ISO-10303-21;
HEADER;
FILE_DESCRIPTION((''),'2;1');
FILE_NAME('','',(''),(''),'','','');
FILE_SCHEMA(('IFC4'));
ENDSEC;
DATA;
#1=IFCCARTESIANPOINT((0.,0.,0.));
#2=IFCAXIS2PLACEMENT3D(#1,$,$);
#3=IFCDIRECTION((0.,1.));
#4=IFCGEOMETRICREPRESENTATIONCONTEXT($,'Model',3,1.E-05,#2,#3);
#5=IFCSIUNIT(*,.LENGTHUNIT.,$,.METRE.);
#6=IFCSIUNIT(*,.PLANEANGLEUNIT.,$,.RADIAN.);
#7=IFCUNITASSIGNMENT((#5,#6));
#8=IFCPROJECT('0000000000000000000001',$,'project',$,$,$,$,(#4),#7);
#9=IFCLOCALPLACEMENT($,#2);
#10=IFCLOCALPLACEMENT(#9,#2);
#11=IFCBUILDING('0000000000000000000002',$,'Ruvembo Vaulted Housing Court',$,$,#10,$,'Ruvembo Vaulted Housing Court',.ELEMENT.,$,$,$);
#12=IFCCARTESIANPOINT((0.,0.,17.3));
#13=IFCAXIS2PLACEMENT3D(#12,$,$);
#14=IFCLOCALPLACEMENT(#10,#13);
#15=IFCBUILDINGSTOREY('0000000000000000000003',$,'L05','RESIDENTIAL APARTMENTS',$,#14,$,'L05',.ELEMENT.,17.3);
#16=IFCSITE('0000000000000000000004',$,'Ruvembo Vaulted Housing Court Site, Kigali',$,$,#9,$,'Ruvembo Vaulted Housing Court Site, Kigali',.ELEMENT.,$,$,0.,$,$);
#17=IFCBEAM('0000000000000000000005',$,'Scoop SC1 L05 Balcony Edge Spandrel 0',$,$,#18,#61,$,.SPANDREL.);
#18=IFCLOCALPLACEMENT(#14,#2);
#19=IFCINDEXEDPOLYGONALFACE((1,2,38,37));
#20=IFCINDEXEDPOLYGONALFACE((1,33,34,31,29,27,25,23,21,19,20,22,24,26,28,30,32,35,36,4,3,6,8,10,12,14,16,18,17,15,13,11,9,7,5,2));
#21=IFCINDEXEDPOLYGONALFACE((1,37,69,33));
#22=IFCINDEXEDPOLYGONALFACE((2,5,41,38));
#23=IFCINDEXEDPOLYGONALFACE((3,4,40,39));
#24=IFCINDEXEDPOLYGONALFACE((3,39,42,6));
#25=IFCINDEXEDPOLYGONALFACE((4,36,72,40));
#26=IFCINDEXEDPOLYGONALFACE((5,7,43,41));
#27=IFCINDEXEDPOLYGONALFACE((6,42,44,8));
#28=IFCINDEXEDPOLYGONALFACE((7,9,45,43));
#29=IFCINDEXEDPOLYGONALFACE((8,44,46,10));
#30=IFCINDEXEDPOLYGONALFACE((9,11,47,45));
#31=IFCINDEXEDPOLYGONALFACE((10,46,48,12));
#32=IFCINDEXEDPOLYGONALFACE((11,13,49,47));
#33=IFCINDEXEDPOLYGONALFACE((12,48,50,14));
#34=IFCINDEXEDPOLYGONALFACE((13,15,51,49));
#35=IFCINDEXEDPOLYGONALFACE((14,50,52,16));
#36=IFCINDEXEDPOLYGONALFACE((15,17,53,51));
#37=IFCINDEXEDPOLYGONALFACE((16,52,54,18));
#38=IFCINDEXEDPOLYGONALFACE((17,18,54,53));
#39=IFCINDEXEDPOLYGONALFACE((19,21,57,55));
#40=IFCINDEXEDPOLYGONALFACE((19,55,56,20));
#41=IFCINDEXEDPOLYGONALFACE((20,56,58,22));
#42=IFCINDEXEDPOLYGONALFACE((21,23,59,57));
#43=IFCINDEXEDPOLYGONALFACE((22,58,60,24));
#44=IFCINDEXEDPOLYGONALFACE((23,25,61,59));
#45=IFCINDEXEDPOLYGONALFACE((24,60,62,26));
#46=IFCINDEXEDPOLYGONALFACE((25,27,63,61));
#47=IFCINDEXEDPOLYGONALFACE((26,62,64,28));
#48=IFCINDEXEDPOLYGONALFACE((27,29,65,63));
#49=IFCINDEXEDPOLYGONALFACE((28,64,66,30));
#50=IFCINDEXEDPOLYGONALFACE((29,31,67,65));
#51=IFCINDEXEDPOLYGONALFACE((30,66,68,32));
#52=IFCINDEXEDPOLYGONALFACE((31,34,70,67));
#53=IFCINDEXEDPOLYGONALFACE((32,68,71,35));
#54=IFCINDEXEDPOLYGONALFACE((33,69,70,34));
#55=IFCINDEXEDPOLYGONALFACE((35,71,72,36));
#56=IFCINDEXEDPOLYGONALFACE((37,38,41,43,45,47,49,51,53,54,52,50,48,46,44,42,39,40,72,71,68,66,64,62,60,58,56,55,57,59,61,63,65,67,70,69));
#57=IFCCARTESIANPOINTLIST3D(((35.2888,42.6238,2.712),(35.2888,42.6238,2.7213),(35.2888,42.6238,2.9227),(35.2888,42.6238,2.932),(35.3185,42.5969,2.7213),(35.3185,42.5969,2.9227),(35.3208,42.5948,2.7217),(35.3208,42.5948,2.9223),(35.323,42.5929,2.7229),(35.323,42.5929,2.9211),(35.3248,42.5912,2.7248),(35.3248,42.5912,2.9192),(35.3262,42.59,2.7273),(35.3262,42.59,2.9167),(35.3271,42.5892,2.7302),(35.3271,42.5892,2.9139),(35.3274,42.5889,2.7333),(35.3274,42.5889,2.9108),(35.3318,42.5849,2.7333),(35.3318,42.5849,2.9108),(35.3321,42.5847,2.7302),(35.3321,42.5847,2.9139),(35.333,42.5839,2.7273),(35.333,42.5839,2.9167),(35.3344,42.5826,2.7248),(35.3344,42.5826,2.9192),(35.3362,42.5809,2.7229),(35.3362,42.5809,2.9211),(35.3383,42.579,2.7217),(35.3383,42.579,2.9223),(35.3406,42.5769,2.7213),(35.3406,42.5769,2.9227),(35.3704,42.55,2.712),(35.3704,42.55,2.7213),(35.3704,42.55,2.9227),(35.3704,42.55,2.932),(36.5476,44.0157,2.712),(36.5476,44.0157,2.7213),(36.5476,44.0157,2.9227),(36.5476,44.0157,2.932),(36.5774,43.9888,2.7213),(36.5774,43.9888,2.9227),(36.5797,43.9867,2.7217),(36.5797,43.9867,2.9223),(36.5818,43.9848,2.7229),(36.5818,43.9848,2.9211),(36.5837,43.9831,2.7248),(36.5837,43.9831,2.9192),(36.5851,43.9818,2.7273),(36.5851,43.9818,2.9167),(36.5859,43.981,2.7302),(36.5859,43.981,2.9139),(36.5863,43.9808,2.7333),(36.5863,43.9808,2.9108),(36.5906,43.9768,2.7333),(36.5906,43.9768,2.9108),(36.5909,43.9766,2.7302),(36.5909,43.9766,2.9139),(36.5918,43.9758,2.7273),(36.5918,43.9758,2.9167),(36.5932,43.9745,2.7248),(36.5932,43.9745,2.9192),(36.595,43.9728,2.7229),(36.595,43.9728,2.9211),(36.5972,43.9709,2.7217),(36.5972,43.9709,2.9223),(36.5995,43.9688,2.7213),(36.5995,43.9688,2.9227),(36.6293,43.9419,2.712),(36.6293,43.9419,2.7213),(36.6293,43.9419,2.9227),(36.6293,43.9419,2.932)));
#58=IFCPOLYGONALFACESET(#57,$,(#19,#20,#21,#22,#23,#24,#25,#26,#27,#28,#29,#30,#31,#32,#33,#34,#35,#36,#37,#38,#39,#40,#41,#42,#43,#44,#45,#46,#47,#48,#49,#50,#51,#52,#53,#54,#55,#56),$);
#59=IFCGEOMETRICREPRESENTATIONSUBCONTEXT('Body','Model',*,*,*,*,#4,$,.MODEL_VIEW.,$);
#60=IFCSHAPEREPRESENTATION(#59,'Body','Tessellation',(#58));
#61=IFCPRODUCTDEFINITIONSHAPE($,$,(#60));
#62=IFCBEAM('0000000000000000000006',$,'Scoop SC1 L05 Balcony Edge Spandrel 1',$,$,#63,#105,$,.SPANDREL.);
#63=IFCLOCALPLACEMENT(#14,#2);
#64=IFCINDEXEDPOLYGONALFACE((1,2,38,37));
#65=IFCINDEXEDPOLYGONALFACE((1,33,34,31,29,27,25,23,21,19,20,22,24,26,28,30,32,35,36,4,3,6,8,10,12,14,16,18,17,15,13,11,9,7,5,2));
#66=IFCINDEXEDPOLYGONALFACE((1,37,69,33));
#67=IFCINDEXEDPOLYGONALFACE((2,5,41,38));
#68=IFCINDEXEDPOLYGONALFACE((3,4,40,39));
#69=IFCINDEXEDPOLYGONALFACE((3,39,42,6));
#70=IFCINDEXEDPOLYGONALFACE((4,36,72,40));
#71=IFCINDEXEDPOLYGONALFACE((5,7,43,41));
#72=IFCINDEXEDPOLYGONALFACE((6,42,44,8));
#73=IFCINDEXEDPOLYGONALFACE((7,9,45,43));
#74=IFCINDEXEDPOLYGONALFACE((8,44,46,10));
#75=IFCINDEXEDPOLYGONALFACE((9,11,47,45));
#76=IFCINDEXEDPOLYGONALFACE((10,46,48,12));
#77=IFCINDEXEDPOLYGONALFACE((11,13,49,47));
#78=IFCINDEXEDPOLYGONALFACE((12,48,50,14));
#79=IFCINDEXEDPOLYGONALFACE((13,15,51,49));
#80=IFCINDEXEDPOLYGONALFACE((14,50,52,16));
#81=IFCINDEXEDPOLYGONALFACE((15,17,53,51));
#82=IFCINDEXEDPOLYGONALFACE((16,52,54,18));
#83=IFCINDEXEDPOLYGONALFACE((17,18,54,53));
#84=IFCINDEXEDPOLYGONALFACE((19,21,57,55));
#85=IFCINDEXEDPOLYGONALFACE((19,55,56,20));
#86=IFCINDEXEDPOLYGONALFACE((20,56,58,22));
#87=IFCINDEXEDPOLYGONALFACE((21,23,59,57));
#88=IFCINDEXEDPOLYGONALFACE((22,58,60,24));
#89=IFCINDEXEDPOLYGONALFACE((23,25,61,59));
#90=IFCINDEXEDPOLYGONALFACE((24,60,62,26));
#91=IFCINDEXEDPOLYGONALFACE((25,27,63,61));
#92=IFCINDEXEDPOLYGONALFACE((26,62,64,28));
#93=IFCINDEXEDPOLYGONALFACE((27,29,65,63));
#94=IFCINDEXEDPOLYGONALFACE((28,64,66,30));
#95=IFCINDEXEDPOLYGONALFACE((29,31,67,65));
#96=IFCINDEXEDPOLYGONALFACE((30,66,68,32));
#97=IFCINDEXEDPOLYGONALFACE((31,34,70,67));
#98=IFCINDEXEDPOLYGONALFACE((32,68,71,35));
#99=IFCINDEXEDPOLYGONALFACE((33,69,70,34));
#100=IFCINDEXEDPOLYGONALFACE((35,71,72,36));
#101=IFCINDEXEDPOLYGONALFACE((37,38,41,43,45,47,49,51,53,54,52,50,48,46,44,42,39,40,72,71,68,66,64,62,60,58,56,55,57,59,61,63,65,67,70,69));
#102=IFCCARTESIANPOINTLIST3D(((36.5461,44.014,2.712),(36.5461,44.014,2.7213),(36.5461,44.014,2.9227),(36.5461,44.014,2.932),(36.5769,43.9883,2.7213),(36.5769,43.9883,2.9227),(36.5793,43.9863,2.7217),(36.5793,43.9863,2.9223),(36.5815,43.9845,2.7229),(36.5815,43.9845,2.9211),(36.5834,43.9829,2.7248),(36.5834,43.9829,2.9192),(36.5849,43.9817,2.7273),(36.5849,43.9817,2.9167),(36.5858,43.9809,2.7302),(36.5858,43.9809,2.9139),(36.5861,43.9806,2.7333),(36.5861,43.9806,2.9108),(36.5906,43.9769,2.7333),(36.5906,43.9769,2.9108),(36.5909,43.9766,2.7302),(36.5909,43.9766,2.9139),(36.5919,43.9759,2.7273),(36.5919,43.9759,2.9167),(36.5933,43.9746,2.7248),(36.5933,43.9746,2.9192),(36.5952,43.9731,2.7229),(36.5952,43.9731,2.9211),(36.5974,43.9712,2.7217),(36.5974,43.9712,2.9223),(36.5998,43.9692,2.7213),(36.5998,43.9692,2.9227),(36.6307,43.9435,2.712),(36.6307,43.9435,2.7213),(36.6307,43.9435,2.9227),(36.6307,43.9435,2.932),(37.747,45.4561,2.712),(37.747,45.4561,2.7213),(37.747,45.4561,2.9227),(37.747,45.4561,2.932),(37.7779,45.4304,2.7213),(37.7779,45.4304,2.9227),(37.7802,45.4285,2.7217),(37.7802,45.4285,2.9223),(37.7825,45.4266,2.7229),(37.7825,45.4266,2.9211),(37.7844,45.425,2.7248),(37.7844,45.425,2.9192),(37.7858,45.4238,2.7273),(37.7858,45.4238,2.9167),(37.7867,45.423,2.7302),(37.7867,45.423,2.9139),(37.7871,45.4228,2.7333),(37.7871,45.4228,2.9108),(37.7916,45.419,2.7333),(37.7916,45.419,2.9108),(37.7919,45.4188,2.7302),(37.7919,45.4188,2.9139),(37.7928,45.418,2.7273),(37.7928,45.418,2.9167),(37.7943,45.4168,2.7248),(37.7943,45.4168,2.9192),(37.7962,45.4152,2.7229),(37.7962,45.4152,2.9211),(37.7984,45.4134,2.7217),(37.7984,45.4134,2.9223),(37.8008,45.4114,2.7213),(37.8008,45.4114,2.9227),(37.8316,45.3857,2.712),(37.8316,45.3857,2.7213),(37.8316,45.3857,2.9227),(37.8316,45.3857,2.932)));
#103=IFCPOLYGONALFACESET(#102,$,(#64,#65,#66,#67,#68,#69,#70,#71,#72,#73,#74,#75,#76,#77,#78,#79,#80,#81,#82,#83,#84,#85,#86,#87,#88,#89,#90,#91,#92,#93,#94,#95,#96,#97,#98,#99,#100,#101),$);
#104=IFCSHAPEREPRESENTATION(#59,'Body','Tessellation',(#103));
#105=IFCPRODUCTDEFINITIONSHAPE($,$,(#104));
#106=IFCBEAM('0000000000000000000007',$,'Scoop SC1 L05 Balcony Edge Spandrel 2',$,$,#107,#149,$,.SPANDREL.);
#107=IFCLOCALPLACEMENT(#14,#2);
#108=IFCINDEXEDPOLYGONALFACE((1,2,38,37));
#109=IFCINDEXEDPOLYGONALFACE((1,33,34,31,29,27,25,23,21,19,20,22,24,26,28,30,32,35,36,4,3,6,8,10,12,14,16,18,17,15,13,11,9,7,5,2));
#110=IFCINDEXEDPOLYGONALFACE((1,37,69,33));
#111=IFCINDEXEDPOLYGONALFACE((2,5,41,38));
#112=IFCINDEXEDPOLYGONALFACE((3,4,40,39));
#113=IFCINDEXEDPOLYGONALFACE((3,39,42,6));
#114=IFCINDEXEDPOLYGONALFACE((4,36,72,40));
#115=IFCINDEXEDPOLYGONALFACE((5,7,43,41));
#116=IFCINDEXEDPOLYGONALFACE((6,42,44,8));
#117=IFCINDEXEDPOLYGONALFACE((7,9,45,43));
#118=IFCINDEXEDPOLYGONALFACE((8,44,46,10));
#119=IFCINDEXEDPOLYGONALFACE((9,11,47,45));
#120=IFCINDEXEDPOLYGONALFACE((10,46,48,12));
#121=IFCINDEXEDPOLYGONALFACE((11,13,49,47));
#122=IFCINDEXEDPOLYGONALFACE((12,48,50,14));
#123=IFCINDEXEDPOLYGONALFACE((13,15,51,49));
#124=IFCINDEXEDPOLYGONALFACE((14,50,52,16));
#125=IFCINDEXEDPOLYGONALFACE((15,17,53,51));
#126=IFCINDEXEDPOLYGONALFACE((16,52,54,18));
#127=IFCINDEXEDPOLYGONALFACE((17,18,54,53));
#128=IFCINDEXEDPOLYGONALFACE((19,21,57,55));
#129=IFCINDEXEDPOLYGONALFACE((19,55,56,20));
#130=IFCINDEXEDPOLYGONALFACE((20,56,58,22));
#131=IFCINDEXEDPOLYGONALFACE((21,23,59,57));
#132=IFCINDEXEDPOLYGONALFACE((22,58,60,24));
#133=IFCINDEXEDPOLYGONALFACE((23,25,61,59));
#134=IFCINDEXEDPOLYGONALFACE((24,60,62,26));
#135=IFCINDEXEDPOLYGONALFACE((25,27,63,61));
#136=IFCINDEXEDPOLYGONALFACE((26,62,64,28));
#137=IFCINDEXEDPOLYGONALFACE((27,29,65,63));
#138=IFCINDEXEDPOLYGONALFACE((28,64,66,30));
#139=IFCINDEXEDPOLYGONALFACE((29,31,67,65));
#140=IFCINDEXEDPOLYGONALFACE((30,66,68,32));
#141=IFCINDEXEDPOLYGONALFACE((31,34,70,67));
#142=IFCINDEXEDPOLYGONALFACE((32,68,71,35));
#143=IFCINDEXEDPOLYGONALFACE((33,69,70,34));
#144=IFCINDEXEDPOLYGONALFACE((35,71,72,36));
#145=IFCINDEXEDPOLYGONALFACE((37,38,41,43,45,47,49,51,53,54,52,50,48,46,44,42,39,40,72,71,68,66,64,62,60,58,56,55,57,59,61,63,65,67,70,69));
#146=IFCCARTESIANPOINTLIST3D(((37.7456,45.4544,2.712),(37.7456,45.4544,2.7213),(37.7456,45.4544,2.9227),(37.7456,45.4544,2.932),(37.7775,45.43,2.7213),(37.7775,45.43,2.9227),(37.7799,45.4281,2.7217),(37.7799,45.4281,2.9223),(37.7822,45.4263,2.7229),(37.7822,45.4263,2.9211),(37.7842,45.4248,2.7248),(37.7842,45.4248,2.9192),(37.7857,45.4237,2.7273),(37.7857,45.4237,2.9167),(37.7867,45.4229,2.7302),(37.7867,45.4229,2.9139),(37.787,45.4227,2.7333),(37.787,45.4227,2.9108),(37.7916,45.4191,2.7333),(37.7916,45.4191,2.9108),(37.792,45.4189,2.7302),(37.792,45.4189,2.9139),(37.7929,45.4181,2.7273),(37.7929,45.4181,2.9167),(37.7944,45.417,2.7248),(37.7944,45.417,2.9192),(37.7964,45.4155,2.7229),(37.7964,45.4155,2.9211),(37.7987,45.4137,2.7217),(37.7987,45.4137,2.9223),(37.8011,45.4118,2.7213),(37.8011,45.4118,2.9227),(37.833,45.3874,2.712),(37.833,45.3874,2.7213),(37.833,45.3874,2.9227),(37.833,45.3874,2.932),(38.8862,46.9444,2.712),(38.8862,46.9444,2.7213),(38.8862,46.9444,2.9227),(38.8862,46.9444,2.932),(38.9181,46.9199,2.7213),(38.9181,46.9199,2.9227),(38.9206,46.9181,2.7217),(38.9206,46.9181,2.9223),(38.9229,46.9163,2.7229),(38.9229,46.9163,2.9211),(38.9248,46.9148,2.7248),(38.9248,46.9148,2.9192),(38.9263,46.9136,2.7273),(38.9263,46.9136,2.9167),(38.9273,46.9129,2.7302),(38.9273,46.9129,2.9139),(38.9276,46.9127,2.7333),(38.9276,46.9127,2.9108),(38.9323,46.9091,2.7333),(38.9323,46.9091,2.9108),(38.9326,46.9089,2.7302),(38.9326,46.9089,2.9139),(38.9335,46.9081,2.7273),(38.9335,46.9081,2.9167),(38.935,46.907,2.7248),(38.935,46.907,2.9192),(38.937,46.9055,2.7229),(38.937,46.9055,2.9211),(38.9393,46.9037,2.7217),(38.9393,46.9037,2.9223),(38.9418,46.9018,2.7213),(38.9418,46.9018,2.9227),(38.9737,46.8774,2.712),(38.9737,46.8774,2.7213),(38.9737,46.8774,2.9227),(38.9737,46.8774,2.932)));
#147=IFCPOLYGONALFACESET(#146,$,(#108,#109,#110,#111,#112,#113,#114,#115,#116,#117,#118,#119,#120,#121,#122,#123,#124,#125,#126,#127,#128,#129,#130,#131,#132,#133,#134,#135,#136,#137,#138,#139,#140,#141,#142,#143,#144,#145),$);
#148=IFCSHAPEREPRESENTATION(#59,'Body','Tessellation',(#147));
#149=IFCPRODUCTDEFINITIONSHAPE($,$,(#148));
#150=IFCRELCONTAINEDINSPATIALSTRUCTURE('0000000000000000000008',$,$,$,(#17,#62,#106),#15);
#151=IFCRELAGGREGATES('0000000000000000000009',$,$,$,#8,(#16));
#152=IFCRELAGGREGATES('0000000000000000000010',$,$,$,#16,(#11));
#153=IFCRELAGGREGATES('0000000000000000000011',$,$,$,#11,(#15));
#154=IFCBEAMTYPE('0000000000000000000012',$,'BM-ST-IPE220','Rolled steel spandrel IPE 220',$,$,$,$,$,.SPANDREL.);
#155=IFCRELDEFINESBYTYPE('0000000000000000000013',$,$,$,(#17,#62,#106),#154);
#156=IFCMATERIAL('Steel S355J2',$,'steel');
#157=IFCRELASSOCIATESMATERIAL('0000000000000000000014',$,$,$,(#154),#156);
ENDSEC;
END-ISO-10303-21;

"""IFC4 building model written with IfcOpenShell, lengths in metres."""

from ifc_helpers import new_model, si_unit, direction, frame, origin, origin_2d, place, context, subcontext, project, spatial, i_section, extrude, material, material_profile, profile_set, type_object, element, save


model = new_model("IFC4")

# Units and contexts
model_context = context("Model", 3, precision=1e-05, world=origin(), true_north=direction((0.0, 1.0)))
body_context = subcontext(model_context, "Body", "Model", "MODEL_VIEW")
ifc_project = project(units=[si_unit("LENGTHUNIT", "METRE"), si_unit("PLANEANGLEUNIT", "RADIAN")], contexts=[model_context])

# Site, building, storey
site_placement = place(None, origin())
site = spatial("IfcSite", under=ifc_project, at=site_placement, Name="Ruvembo Vaulted Housing Court Site, Kigali", LongName="Ruvembo Vaulted Housing Court Site, Kigali", CompositionType="ELEMENT", RefElevation=0.0)
building_placement = place(site_placement, origin())
building = spatial("IfcBuilding", under=site, at=building_placement, Name="Ruvembo Vaulted Housing Court", LongName="Ruvembo Vaulted Housing Court", CompositionType="ELEMENT")
storey_placement = place(building_placement, frame((0.0, 0.0, 17.3)))
storey = spatial("IfcBuildingStorey", under=building, at=storey_placement, Name="L05", Description="RESIDENTIAL APARTMENTS", LongName="L05", CompositionType="ELEMENT", Elevation=17.3)

# Beams
ifc_material_1 = material(Name="Steel S355J2", Category="steel")
ifc_material_profile_1 = material_profile(ifc_material_1, i_section(OverallWidth=0.1101, OverallDepth=0.22, WebThickness=0.0059, FlangeThickness=0.0093, FilletRadius=0.012, at=origin_2d()), Name="IPE 220")
ifc_profile_set_1 = profile_set([ifc_material_profile_1], Name="Steel S355J2")
beam_type = type_object("IfcBeamType", Name="BM-ST-IPE220", Description="Rolled steel spandrel IPE 220", PredefinedType="SPANDREL", material=ifc_profile_set_1)
for number, where, z_axis, x_axis, name in (
    (1, (35.3296, 42.5869, 2.822), (0.670767, 0.741668, 0.0), (-0.741668, 0.670767, 0.0), "Scoop SC1 L05 Balcony Edge Spandrel 0"),
    (2, (36.5884, 43.9788, 2.822), (0.639916, 0.768445, 0.0), (-0.768445, 0.639916, 0.0), "Scoop SC1 L05 Balcony Edge Spandrel 1"),
):
    element("IfcBeam", number, at=place(storey_placement, frame(where, z_axis=z_axis, x_axis=x_axis)), inside=storey, type_object=beam_type, Name=name, PredefinedType="SPANDREL", context=body_context, shape_type="SweptSolid", body=[
        extrude(i_section(OverallWidth=0.1101, OverallDepth=0.22, WebThickness=0.0059, FlangeThickness=0.0093, FilletRadius=0.012, at=origin_2d()), origin(), (0.0, 0.0, 1.0), 1.8767),
    ])
beam_placement = place(storey_placement, frame((37.7893, 45.4209, 2.822), z_axis=(0.607861, 0.794044, 0.0), x_axis=(-0.794044, 0.607861, 0.0)))
element("IfcBeam", 3, at=beam_placement, inside=storey, type_object=beam_type, Name="Scoop SC1 L05 Balcony Edge Spandrel 2", PredefinedType="SPANDREL", context=body_context, shape_type="SweptSolid", body=[
    extrude(i_section(OverallWidth=0.1101, OverallDepth=0.22, WebThickness=0.0059, FlangeThickness=0.0093, FilletRadius=0.012, at=origin_2d()), origin(), (0.0, 0.0, 1.0), 1.8765),
])

save(model, "model.ifc")
